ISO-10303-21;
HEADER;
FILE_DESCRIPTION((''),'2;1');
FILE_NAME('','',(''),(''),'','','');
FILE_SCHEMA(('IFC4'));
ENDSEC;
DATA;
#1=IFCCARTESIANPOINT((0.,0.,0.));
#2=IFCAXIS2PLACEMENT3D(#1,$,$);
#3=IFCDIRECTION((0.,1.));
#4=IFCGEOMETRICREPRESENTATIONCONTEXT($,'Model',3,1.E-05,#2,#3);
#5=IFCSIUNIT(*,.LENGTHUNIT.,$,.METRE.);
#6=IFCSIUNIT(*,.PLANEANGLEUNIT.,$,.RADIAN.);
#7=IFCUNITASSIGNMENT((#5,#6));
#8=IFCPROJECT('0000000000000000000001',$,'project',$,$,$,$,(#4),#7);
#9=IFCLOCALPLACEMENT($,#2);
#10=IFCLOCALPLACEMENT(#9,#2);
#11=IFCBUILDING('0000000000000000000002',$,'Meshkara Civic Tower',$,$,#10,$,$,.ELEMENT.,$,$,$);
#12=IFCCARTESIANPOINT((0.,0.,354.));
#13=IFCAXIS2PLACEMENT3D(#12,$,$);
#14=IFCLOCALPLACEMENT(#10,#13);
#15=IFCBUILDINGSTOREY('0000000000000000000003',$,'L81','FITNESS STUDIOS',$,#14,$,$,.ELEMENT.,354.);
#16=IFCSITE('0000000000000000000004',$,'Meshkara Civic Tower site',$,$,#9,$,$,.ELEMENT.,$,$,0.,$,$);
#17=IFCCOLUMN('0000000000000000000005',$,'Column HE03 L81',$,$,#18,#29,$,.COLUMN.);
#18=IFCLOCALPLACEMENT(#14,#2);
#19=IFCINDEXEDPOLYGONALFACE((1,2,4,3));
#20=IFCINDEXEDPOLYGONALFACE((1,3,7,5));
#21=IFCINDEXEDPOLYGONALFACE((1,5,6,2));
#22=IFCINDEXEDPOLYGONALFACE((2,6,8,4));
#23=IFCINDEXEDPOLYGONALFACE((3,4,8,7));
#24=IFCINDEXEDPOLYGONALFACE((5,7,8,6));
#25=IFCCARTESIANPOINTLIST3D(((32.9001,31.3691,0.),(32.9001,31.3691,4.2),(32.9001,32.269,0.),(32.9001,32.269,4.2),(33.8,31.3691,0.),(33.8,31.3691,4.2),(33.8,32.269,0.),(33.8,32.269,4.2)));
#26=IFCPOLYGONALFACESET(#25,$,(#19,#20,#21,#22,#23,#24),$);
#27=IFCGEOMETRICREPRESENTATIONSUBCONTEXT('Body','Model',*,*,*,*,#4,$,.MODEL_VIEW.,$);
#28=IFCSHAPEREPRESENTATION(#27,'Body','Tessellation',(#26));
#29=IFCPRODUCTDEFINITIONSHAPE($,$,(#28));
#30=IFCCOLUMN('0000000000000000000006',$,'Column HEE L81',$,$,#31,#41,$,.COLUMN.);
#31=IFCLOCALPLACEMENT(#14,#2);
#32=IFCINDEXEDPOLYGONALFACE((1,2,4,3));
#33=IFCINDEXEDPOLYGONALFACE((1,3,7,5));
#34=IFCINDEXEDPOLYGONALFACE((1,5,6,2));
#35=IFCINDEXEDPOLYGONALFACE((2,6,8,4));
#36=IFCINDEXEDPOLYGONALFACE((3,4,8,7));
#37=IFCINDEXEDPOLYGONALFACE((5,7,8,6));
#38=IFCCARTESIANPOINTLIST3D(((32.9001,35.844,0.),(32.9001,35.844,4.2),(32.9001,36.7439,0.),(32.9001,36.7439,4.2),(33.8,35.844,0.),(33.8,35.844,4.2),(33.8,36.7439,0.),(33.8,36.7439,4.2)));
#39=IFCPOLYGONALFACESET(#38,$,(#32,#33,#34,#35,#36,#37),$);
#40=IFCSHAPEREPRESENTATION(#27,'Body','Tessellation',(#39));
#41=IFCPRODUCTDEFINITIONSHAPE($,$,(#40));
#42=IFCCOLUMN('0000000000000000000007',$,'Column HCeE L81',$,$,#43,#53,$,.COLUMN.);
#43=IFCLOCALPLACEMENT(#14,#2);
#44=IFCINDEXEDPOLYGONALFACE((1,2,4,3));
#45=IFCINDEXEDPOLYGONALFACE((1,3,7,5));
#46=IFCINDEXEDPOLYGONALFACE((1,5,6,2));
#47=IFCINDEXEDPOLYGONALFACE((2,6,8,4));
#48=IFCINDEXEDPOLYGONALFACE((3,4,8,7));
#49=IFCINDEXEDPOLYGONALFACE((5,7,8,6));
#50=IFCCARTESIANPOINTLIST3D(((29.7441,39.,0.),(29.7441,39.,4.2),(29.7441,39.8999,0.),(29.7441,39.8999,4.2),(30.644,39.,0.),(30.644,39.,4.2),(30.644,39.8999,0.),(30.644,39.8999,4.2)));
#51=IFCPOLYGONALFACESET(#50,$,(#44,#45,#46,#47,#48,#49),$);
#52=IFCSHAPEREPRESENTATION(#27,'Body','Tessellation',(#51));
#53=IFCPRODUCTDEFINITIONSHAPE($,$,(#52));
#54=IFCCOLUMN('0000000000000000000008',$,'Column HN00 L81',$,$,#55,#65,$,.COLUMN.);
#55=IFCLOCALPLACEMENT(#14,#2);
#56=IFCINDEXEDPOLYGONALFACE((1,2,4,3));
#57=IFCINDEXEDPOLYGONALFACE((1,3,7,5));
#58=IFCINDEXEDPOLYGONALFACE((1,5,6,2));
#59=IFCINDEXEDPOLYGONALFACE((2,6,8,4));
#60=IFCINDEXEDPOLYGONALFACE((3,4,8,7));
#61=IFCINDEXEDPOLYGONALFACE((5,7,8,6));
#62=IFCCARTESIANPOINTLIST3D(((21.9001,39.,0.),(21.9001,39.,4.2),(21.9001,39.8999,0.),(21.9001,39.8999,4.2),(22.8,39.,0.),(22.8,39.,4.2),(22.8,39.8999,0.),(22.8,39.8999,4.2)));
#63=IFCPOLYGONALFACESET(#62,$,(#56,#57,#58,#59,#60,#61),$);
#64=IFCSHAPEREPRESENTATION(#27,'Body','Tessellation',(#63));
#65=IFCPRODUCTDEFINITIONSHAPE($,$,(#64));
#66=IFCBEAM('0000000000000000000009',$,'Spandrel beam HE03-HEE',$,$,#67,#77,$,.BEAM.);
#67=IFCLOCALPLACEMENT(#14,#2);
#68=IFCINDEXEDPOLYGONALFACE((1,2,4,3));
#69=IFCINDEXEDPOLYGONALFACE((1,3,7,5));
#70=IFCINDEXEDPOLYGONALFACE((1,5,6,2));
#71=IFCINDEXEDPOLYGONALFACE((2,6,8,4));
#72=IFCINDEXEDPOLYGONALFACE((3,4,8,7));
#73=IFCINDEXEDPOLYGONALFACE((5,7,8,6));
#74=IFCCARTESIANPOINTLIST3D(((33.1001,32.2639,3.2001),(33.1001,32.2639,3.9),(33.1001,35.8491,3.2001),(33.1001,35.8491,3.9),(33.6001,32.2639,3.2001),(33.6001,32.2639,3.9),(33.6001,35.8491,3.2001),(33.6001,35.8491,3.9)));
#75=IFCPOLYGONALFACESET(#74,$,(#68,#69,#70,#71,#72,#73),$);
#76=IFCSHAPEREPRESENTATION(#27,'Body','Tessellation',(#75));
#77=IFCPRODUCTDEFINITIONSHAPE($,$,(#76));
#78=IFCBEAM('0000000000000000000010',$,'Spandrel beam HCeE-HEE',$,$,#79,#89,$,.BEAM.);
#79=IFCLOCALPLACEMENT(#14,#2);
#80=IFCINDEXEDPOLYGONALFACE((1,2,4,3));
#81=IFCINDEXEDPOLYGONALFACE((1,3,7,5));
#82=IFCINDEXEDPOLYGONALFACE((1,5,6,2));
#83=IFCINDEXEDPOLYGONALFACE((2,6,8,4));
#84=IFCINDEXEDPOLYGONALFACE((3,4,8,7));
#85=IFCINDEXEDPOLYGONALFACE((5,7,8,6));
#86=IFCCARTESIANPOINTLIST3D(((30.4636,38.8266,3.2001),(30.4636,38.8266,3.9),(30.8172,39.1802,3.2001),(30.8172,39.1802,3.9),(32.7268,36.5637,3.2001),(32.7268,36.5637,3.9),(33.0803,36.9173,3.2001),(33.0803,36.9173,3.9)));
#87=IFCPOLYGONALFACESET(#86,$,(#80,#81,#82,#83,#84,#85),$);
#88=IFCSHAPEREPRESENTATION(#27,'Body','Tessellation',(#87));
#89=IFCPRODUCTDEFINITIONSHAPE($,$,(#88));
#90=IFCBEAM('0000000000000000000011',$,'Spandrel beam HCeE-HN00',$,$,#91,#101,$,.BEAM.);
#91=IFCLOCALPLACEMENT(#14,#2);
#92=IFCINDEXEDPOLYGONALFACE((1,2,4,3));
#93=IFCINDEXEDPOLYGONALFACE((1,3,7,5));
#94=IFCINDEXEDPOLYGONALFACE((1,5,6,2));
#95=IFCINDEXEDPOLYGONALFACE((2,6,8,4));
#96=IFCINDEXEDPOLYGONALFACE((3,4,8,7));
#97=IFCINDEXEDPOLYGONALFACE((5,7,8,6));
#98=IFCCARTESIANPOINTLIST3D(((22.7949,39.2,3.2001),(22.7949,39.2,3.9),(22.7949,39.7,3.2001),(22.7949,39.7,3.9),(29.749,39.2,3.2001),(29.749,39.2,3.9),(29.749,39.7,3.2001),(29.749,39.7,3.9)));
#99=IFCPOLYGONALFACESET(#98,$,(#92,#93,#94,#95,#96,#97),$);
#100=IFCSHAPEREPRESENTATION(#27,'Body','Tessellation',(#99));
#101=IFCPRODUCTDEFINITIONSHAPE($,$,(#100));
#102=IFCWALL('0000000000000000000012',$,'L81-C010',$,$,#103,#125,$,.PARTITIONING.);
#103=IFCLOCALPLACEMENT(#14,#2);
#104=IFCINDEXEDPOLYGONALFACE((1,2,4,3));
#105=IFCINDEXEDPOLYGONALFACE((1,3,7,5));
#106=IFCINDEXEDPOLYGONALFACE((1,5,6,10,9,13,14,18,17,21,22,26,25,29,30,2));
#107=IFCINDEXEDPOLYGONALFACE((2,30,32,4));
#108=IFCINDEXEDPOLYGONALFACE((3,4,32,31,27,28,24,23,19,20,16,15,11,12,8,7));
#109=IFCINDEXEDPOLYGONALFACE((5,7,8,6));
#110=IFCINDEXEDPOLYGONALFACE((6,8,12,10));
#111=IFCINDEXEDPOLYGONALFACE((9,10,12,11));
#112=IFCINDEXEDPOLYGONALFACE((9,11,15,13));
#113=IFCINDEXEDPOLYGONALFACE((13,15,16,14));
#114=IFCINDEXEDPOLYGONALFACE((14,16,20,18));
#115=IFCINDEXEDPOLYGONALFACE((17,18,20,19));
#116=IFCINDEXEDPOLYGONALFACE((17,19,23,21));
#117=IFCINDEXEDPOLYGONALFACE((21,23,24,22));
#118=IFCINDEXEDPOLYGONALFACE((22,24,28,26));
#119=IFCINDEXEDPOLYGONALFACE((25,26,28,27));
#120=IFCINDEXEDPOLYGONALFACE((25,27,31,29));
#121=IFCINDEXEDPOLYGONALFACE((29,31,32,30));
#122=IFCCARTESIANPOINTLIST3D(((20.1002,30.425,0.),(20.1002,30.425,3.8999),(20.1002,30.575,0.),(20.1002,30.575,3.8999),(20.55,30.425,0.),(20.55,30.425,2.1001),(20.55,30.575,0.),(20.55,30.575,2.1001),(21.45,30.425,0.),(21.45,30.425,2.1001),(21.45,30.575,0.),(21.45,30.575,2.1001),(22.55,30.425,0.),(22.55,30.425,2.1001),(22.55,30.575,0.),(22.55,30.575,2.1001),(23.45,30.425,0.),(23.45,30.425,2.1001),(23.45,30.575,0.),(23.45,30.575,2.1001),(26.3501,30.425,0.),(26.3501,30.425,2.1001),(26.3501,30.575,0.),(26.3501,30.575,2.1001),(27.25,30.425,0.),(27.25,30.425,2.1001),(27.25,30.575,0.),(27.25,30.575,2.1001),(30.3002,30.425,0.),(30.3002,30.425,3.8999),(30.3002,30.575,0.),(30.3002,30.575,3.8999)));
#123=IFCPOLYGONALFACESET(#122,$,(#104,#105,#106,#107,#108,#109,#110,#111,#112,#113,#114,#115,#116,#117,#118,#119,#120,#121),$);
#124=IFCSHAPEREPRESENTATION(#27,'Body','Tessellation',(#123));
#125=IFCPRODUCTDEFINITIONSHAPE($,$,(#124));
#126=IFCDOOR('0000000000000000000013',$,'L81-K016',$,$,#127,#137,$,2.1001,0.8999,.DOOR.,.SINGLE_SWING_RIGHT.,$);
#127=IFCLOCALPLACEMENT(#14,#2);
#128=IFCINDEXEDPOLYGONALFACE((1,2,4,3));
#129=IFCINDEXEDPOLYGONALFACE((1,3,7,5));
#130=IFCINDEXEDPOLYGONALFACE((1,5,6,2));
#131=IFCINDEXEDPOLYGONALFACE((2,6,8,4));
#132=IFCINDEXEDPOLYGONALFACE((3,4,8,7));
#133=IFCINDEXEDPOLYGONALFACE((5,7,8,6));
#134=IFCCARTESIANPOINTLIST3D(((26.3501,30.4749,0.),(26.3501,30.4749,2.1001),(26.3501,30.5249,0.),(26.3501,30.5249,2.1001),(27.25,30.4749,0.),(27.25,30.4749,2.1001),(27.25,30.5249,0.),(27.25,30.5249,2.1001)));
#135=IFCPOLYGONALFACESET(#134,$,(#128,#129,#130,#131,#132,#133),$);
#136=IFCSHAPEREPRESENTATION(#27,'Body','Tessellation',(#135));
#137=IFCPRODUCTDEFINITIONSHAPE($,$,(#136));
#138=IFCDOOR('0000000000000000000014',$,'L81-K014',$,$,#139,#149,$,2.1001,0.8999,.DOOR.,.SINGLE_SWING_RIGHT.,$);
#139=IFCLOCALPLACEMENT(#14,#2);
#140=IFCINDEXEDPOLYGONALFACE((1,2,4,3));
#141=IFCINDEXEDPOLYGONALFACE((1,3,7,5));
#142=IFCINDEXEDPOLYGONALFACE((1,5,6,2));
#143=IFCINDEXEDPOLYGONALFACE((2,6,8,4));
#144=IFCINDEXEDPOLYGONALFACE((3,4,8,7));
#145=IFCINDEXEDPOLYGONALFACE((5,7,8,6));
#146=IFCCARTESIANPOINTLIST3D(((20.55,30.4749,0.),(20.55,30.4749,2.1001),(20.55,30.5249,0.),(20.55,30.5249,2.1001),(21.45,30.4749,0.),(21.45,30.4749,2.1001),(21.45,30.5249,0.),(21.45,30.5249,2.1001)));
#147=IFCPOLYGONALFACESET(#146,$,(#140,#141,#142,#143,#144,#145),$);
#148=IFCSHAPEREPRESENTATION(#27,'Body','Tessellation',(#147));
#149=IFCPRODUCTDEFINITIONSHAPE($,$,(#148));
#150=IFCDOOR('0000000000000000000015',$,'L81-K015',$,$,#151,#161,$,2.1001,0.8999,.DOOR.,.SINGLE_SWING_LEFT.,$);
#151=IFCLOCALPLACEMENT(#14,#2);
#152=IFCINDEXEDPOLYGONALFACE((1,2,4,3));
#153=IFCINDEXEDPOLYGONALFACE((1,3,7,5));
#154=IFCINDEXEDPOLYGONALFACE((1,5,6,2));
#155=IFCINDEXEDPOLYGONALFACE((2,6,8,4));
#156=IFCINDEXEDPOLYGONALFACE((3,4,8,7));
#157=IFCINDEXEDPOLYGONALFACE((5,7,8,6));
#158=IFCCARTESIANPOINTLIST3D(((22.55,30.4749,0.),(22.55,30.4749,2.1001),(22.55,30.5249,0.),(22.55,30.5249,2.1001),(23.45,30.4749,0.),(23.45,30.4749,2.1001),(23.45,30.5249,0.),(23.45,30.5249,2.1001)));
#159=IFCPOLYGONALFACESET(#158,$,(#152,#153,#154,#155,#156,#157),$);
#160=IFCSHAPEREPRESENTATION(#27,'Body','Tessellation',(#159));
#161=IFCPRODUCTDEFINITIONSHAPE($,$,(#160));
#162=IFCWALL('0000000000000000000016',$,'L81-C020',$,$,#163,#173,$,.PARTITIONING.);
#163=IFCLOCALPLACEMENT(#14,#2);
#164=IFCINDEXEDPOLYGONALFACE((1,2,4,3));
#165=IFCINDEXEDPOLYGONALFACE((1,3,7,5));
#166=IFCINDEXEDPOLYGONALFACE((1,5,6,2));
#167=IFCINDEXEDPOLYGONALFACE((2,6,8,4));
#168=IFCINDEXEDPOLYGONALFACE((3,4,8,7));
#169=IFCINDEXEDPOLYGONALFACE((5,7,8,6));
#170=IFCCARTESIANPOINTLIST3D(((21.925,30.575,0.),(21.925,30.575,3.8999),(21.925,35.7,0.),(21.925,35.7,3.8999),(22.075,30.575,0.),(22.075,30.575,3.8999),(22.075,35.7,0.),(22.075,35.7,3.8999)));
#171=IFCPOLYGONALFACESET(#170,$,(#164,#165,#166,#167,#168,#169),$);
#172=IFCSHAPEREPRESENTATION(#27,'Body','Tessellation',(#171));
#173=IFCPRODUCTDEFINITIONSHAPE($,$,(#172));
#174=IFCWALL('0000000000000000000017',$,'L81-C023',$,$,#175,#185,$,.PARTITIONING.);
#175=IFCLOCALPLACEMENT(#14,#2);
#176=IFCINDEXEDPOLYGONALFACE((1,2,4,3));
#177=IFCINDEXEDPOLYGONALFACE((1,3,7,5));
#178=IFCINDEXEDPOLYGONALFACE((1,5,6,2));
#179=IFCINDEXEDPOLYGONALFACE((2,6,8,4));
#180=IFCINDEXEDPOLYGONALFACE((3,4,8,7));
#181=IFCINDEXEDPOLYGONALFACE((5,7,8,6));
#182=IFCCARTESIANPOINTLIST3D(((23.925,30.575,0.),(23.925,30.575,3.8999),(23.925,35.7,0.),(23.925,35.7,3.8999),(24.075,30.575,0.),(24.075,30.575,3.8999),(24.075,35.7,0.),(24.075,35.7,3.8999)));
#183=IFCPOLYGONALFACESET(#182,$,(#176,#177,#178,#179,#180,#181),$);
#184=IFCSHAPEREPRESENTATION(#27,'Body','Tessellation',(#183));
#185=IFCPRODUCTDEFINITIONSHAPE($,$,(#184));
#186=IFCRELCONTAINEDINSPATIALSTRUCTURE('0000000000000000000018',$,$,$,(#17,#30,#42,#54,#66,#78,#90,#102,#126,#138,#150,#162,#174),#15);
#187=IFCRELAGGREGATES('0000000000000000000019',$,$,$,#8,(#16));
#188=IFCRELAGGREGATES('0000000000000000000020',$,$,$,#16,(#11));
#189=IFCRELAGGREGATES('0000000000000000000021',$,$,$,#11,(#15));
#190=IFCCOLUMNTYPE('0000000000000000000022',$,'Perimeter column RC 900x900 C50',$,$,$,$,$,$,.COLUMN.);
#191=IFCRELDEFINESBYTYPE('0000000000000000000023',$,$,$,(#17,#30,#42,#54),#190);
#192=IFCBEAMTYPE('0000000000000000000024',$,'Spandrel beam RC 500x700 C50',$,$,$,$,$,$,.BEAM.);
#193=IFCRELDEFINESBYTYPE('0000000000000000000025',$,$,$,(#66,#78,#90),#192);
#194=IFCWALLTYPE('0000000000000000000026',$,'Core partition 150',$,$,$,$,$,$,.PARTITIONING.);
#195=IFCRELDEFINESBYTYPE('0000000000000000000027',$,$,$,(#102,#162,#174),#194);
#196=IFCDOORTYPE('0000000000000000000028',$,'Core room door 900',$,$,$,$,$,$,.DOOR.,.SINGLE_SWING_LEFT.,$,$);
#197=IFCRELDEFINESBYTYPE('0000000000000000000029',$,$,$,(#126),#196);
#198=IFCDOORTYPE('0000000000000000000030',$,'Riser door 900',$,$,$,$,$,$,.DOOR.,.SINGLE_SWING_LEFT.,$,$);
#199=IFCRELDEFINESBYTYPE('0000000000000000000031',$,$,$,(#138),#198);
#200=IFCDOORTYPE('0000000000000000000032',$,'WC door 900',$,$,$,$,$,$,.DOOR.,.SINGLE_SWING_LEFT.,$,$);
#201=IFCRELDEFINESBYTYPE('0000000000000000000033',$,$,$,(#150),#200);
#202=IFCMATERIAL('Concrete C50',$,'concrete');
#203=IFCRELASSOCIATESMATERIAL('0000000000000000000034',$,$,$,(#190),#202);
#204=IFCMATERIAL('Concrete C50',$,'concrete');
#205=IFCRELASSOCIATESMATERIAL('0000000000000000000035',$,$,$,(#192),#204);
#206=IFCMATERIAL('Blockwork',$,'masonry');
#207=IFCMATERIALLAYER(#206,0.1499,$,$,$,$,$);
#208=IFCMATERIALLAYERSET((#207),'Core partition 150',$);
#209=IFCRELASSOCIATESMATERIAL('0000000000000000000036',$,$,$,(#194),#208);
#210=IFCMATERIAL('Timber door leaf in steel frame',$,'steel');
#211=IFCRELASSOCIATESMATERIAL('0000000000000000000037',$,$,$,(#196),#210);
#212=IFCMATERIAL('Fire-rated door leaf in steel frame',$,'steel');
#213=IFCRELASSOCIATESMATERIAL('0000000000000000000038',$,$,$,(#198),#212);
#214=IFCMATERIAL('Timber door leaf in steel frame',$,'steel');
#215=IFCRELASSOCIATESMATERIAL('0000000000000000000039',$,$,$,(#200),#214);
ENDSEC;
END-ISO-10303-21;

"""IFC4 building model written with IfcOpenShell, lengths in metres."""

from ifc_helpers import new_model, si_unit, direction, frame, frame_2d, origin, origin_2d, place, context, subcontext, project, spatial, rectangle, extrude, material, layer, layer_set, material_profile, profile_set, type_object, element, fill, save


model = new_model("IFC4")

# Units and contexts
model_context = context("Model", 3, precision=1e-05, world=origin(), true_north=direction((0.0, 1.0)))
body_context = subcontext(model_context, "Body", "Model", "MODEL_VIEW")
ifc_project = project(units=[si_unit("LENGTHUNIT", "METRE"), si_unit("PLANEANGLEUNIT", "RADIAN")], contexts=[model_context])

# Site, building, storey
site_placement = place(None, origin())
site = spatial("IfcSite", under=ifc_project, at=site_placement, Name="Meshkara Civic Tower site", CompositionType="ELEMENT", RefElevation=0.0)
building_placement = place(site_placement, origin())
building = spatial("IfcBuilding", under=site, at=building_placement, Name="Meshkara Civic Tower", CompositionType="ELEMENT")
storey_placement = place(building_placement, frame((0.0, 0.0, 354.0)))
storey = spatial("IfcBuildingStorey", under=building, at=storey_placement, Name="L81", Description="FITNESS STUDIOS", CompositionType="ELEMENT", Elevation=354.0)

# Columns
ifc_material_1 = material(Name="Concrete C50", Category="concrete")
ifc_material_profile_1 = material_profile(ifc_material_1, rectangle(XDim=0.8999, YDim=0.8999, at=origin_2d()))
ifc_profile_set_1 = profile_set([ifc_material_profile_1], Name="Concrete C50")
column_type = type_object("IfcColumnType", Name="Perimeter column RC 900x900 C50", PredefinedType="COLUMN", material=ifc_profile_set_1)
for number, where, z_axis, x_axis, name in (
    (1, (33.3501, 31.8191, 0.0), (0.0, 0.0, 1.0), (1.0, 0.0, 0.0), "Column HE03 L81"),
    (2, (33.3501, 36.2939, 0.0), (0.0, 0.0, 1.0), (1.0, 0.0, 0.0), "Column HEE L81"),
    (3, (30.1941, 39.45, 0.0), (0.0, 0.0, 1.0), (1.0, 0.0, 0.0), "Column HCeE L81"),
    (4, (22.3501, 39.45, 0.0), (0.0, 0.0, 1.0), (1.0, 0.0, 0.0), "Column HN00 L81"),
):
    element("IfcColumn", number, at=place(storey_placement, frame(where, z_axis=z_axis, x_axis=x_axis)), inside=storey, type_object=column_type, Name=name, PredefinedType="COLUMN", context=body_context, shape_type="SweptSolid", body=[
        extrude(rectangle(XDim=0.8999, YDim=0.8999, at=origin_2d()), origin(), (0.0, 0.0, 1.0), 4.2),
    ])

# Beams
ifc_material_2 = material(Name="Concrete C50", Category="concrete")
ifc_material_profile_2 = material_profile(ifc_material_2, rectangle(XDim=0.5, YDim=0.7, at=origin_2d()))
ifc_profile_set_2 = profile_set([ifc_material_profile_2], Name="Concrete C50")
beam_type = type_object("IfcBeamType", Name="Spandrel beam RC 500x700 C50", PredefinedType="BEAM", material=ifc_profile_set_2)
beam_1_placement = place(storey_placement, frame((33.3501, 32.2639, 3.55), z_axis=(0.0, 1.0, 0.0), x_axis=(-1.0, 0.0, 0.0)))
element("IfcBeam", 5, at=beam_1_placement, inside=storey, type_object=beam_type, Name="Spandrel beam HE03-HEE", PredefinedType="BEAM", context=body_context, shape_type="SweptSolid", body=[
    extrude(rectangle(XDim=0.5, YDim=0.7, at=origin_2d()), origin(), (0.0, 0.0, 1.0), 3.5852),
])
beam_2_placement = place(storey_placement, frame((32.9036, 36.7405, 3.55), z_axis=(-0.707145, 0.707069, 0.0), x_axis=(-0.707069, -0.707145, 0.0)))
element("IfcBeam", 6, at=beam_2_placement, inside=storey, type_object=beam_type, Name="Spandrel beam HCeE-HEE", PredefinedType="BEAM", context=body_context, shape_type="SweptSolid", body=[
    extrude(rectangle(XDim=0.5, YDim=0.7, at=origin_2d()), origin(), (0.0, 0.0, 1.0), 3.2004),
])
beam_3_placement = place(storey_placement, frame((29.749, 39.45, 3.55), z_axis=(-1.0, 0.0, 0.0), x_axis=(0.0, -1.0, 0.0)))
element("IfcBeam", 7, at=beam_3_placement, inside=storey, type_object=beam_type, Name="Spandrel beam HCeE-HN00", PredefinedType="BEAM", context=body_context, shape_type="SweptSolid", body=[
    extrude(rectangle(XDim=0.5, YDim=0.7, at=origin_2d()), origin(), (0.0, 0.0, 1.0), 6.9541),
])

# Wall, openings, doors
ifc_material_3 = material(Name="Blockwork", Category="masonry")
ifc_layer_1 = layer(ifc_material_3, 0.1499)
ifc_layer_set_1 = layer_set([ifc_layer_1], Name="Core partition 150")
wall_type_1 = type_object("IfcWallType", Name="Core partition 150", PredefinedType="PARTITIONING", material=ifc_layer_set_1)
wall_1_placement = place(storey_placement, frame((20.1001, 30.5, 0.0), z_axis=(0.0, 0.0, 1.0), x_axis=(1.0, 0.0, 0.0)))
wall_1 = element("IfcWall", 8, at=wall_1_placement, inside=storey, type_object=wall_type_1, Name="L81-C010", PredefinedType="PARTITIONING", context=body_context, shape_type="SweptSolid", body=[
    extrude(rectangle(XDim=10.2, YDim=0.1499, at=frame_2d((5.1001, 0.0))), origin(), (0.0, 0.0, 1.0), 3.8999),
])
opening_1_placement = place(wall_1_placement, frame((0.45, 0.0, 0.0)))
opening_1 = element("IfcOpeningElement", 9, at=opening_1_placement, cuts=wall_1, PredefinedType="OPENING", context=body_context, shape_type="SweptSolid", body=[
    extrude(rectangle(XDim=0.8999, YDim=2.1001, at=frame_2d((0.45, 1.05))), frame((0.0, 0.085, 0.0), z_axis=(0.0, -1.0, 0.0), x_axis=(1.0, 0.0, 0.0)), (0.0, 0.0, 1.0), 0.1699),
])
opening_2_placement = place(wall_1_placement, frame((2.45, 0.0, 0.0)))
opening_2 = element("IfcOpeningElement", 10, at=opening_2_placement, cuts=wall_1, PredefinedType="OPENING", context=body_context, shape_type="SweptSolid", body=[
    extrude(rectangle(XDim=0.8999, YDim=2.1001, at=frame_2d((0.45, 1.05))), frame((0.0, 0.085, 0.0), z_axis=(0.0, -1.0, 0.0), x_axis=(1.0, 0.0, 0.0)), (0.0, 0.0, 1.0), 0.1699),
])
opening_3_placement = place(wall_1_placement, frame((6.25, 0.0, 0.0)))
opening_3 = element("IfcOpeningElement", 11, at=opening_3_placement, cuts=wall_1, PredefinedType="OPENING", context=body_context, shape_type="SweptSolid", body=[
    extrude(rectangle(XDim=0.8999, YDim=2.1001, at=frame_2d((0.45, 1.05))), frame((0.0, 0.085, 0.0), z_axis=(0.0, -1.0, 0.0), x_axis=(1.0, 0.0, 0.0)), (0.0, 0.0, 1.0), 0.1699),
])
ifc_material_4 = material(Name="Timber door leaf in steel frame", Category="steel")
door_type_1 = type_object("IfcDoorType", Name="Core room door 900", OperationType="SINGLE_SWING_LEFT", PredefinedType="DOOR", material=ifc_material_4)
door_1_placement = place(opening_3_placement, origin())
door_1 = element("IfcDoor", 12, at=door_1_placement, inside=storey, type_object=door_type_1, Name="L81-K016", OperationType="SINGLE_SWING_RIGHT", OverallHeight=2.1001, OverallWidth=0.8999, PredefinedType="DOOR", context=body_context, shape_type="SweptSolid", body=[
    extrude(rectangle(XDim=0.8999, YDim=2.1001, at=frame_2d((0.45, 1.05))), frame((0.0, 0.0249, 0.0), z_axis=(0.0, -1.0, 0.0), x_axis=(1.0, 0.0, 0.0)), (0.0, 0.0, 1.0), 0.05),
])
fill(opening_3, door_1)
ifc_material_5 = material(Name="Fire-rated door leaf in steel frame", Category="steel")
door_type_2 = type_object("IfcDoorType", Name="Riser door 900", OperationType="SINGLE_SWING_LEFT", PredefinedType="DOOR", material=ifc_material_5)
door_2_placement = place(opening_1_placement, origin())
door_2 = element("IfcDoor", 13, at=door_2_placement, inside=storey, type_object=door_type_2, Name="L81-K014", OperationType="SINGLE_SWING_RIGHT", OverallHeight=2.1001, OverallWidth=0.8999, PredefinedType="DOOR", context=body_context, shape_type="SweptSolid", body=[
    extrude(rectangle(XDim=0.8999, YDim=2.1001, at=frame_2d((0.45, 1.05))), frame((0.0, 0.0249, 0.0), z_axis=(0.0, -1.0, 0.0), x_axis=(1.0, 0.0, 0.0)), (0.0, 0.0, 1.0), 0.05),
])
fill(opening_1, door_2)
ifc_material_6 = material(Name="Timber door leaf in steel frame", Category="steel")
door_type_3 = type_object("IfcDoorType", Name="WC door 900", OperationType="SINGLE_SWING_LEFT", PredefinedType="DOOR", material=ifc_material_6)
door_3_placement = place(opening_2_placement, origin())
door_3 = element("IfcDoor", 14, at=door_3_placement, inside=storey, type_object=door_type_3, Name="L81-K015", OperationType="SINGLE_SWING_LEFT", OverallHeight=2.1001, OverallWidth=0.8999, PredefinedType="DOOR", context=body_context, shape_type="SweptSolid", body=[
    extrude(rectangle(XDim=0.8999, YDim=2.1001, at=frame_2d((0.45, 1.05))), frame((0.0, 0.0249, 0.0), z_axis=(0.0, -1.0, 0.0), x_axis=(1.0, 0.0, 0.0)), (0.0, 0.0, 1.0), 0.05),
])
fill(opening_2, door_3)

# Walls
for number, where, z_axis, x_axis, name in (
    (15, (22.0, 30.575, 0.0), (0.0, 0.0, 1.0), (0.0, 1.0, 0.0), "L81-C020"),
    (16, (24.0, 30.575, 0.0), (0.0, 0.0, 1.0), (0.0, 1.0, 0.0), "L81-C023"),
):
    element("IfcWall", number, at=place(storey_placement, frame(where, z_axis=z_axis, x_axis=x_axis)), inside=storey, type_object=wall_type_1, Name=name, PredefinedType="PARTITIONING", context=body_context, shape_type="SweptSolid", body=[
        extrude(rectangle(XDim=5.125, YDim=0.1499, at=frame_2d((2.5625, 0.0))), origin(), (0.0, 0.0, 1.0), 3.8999),
    ])

save(model, "model.ifc")
